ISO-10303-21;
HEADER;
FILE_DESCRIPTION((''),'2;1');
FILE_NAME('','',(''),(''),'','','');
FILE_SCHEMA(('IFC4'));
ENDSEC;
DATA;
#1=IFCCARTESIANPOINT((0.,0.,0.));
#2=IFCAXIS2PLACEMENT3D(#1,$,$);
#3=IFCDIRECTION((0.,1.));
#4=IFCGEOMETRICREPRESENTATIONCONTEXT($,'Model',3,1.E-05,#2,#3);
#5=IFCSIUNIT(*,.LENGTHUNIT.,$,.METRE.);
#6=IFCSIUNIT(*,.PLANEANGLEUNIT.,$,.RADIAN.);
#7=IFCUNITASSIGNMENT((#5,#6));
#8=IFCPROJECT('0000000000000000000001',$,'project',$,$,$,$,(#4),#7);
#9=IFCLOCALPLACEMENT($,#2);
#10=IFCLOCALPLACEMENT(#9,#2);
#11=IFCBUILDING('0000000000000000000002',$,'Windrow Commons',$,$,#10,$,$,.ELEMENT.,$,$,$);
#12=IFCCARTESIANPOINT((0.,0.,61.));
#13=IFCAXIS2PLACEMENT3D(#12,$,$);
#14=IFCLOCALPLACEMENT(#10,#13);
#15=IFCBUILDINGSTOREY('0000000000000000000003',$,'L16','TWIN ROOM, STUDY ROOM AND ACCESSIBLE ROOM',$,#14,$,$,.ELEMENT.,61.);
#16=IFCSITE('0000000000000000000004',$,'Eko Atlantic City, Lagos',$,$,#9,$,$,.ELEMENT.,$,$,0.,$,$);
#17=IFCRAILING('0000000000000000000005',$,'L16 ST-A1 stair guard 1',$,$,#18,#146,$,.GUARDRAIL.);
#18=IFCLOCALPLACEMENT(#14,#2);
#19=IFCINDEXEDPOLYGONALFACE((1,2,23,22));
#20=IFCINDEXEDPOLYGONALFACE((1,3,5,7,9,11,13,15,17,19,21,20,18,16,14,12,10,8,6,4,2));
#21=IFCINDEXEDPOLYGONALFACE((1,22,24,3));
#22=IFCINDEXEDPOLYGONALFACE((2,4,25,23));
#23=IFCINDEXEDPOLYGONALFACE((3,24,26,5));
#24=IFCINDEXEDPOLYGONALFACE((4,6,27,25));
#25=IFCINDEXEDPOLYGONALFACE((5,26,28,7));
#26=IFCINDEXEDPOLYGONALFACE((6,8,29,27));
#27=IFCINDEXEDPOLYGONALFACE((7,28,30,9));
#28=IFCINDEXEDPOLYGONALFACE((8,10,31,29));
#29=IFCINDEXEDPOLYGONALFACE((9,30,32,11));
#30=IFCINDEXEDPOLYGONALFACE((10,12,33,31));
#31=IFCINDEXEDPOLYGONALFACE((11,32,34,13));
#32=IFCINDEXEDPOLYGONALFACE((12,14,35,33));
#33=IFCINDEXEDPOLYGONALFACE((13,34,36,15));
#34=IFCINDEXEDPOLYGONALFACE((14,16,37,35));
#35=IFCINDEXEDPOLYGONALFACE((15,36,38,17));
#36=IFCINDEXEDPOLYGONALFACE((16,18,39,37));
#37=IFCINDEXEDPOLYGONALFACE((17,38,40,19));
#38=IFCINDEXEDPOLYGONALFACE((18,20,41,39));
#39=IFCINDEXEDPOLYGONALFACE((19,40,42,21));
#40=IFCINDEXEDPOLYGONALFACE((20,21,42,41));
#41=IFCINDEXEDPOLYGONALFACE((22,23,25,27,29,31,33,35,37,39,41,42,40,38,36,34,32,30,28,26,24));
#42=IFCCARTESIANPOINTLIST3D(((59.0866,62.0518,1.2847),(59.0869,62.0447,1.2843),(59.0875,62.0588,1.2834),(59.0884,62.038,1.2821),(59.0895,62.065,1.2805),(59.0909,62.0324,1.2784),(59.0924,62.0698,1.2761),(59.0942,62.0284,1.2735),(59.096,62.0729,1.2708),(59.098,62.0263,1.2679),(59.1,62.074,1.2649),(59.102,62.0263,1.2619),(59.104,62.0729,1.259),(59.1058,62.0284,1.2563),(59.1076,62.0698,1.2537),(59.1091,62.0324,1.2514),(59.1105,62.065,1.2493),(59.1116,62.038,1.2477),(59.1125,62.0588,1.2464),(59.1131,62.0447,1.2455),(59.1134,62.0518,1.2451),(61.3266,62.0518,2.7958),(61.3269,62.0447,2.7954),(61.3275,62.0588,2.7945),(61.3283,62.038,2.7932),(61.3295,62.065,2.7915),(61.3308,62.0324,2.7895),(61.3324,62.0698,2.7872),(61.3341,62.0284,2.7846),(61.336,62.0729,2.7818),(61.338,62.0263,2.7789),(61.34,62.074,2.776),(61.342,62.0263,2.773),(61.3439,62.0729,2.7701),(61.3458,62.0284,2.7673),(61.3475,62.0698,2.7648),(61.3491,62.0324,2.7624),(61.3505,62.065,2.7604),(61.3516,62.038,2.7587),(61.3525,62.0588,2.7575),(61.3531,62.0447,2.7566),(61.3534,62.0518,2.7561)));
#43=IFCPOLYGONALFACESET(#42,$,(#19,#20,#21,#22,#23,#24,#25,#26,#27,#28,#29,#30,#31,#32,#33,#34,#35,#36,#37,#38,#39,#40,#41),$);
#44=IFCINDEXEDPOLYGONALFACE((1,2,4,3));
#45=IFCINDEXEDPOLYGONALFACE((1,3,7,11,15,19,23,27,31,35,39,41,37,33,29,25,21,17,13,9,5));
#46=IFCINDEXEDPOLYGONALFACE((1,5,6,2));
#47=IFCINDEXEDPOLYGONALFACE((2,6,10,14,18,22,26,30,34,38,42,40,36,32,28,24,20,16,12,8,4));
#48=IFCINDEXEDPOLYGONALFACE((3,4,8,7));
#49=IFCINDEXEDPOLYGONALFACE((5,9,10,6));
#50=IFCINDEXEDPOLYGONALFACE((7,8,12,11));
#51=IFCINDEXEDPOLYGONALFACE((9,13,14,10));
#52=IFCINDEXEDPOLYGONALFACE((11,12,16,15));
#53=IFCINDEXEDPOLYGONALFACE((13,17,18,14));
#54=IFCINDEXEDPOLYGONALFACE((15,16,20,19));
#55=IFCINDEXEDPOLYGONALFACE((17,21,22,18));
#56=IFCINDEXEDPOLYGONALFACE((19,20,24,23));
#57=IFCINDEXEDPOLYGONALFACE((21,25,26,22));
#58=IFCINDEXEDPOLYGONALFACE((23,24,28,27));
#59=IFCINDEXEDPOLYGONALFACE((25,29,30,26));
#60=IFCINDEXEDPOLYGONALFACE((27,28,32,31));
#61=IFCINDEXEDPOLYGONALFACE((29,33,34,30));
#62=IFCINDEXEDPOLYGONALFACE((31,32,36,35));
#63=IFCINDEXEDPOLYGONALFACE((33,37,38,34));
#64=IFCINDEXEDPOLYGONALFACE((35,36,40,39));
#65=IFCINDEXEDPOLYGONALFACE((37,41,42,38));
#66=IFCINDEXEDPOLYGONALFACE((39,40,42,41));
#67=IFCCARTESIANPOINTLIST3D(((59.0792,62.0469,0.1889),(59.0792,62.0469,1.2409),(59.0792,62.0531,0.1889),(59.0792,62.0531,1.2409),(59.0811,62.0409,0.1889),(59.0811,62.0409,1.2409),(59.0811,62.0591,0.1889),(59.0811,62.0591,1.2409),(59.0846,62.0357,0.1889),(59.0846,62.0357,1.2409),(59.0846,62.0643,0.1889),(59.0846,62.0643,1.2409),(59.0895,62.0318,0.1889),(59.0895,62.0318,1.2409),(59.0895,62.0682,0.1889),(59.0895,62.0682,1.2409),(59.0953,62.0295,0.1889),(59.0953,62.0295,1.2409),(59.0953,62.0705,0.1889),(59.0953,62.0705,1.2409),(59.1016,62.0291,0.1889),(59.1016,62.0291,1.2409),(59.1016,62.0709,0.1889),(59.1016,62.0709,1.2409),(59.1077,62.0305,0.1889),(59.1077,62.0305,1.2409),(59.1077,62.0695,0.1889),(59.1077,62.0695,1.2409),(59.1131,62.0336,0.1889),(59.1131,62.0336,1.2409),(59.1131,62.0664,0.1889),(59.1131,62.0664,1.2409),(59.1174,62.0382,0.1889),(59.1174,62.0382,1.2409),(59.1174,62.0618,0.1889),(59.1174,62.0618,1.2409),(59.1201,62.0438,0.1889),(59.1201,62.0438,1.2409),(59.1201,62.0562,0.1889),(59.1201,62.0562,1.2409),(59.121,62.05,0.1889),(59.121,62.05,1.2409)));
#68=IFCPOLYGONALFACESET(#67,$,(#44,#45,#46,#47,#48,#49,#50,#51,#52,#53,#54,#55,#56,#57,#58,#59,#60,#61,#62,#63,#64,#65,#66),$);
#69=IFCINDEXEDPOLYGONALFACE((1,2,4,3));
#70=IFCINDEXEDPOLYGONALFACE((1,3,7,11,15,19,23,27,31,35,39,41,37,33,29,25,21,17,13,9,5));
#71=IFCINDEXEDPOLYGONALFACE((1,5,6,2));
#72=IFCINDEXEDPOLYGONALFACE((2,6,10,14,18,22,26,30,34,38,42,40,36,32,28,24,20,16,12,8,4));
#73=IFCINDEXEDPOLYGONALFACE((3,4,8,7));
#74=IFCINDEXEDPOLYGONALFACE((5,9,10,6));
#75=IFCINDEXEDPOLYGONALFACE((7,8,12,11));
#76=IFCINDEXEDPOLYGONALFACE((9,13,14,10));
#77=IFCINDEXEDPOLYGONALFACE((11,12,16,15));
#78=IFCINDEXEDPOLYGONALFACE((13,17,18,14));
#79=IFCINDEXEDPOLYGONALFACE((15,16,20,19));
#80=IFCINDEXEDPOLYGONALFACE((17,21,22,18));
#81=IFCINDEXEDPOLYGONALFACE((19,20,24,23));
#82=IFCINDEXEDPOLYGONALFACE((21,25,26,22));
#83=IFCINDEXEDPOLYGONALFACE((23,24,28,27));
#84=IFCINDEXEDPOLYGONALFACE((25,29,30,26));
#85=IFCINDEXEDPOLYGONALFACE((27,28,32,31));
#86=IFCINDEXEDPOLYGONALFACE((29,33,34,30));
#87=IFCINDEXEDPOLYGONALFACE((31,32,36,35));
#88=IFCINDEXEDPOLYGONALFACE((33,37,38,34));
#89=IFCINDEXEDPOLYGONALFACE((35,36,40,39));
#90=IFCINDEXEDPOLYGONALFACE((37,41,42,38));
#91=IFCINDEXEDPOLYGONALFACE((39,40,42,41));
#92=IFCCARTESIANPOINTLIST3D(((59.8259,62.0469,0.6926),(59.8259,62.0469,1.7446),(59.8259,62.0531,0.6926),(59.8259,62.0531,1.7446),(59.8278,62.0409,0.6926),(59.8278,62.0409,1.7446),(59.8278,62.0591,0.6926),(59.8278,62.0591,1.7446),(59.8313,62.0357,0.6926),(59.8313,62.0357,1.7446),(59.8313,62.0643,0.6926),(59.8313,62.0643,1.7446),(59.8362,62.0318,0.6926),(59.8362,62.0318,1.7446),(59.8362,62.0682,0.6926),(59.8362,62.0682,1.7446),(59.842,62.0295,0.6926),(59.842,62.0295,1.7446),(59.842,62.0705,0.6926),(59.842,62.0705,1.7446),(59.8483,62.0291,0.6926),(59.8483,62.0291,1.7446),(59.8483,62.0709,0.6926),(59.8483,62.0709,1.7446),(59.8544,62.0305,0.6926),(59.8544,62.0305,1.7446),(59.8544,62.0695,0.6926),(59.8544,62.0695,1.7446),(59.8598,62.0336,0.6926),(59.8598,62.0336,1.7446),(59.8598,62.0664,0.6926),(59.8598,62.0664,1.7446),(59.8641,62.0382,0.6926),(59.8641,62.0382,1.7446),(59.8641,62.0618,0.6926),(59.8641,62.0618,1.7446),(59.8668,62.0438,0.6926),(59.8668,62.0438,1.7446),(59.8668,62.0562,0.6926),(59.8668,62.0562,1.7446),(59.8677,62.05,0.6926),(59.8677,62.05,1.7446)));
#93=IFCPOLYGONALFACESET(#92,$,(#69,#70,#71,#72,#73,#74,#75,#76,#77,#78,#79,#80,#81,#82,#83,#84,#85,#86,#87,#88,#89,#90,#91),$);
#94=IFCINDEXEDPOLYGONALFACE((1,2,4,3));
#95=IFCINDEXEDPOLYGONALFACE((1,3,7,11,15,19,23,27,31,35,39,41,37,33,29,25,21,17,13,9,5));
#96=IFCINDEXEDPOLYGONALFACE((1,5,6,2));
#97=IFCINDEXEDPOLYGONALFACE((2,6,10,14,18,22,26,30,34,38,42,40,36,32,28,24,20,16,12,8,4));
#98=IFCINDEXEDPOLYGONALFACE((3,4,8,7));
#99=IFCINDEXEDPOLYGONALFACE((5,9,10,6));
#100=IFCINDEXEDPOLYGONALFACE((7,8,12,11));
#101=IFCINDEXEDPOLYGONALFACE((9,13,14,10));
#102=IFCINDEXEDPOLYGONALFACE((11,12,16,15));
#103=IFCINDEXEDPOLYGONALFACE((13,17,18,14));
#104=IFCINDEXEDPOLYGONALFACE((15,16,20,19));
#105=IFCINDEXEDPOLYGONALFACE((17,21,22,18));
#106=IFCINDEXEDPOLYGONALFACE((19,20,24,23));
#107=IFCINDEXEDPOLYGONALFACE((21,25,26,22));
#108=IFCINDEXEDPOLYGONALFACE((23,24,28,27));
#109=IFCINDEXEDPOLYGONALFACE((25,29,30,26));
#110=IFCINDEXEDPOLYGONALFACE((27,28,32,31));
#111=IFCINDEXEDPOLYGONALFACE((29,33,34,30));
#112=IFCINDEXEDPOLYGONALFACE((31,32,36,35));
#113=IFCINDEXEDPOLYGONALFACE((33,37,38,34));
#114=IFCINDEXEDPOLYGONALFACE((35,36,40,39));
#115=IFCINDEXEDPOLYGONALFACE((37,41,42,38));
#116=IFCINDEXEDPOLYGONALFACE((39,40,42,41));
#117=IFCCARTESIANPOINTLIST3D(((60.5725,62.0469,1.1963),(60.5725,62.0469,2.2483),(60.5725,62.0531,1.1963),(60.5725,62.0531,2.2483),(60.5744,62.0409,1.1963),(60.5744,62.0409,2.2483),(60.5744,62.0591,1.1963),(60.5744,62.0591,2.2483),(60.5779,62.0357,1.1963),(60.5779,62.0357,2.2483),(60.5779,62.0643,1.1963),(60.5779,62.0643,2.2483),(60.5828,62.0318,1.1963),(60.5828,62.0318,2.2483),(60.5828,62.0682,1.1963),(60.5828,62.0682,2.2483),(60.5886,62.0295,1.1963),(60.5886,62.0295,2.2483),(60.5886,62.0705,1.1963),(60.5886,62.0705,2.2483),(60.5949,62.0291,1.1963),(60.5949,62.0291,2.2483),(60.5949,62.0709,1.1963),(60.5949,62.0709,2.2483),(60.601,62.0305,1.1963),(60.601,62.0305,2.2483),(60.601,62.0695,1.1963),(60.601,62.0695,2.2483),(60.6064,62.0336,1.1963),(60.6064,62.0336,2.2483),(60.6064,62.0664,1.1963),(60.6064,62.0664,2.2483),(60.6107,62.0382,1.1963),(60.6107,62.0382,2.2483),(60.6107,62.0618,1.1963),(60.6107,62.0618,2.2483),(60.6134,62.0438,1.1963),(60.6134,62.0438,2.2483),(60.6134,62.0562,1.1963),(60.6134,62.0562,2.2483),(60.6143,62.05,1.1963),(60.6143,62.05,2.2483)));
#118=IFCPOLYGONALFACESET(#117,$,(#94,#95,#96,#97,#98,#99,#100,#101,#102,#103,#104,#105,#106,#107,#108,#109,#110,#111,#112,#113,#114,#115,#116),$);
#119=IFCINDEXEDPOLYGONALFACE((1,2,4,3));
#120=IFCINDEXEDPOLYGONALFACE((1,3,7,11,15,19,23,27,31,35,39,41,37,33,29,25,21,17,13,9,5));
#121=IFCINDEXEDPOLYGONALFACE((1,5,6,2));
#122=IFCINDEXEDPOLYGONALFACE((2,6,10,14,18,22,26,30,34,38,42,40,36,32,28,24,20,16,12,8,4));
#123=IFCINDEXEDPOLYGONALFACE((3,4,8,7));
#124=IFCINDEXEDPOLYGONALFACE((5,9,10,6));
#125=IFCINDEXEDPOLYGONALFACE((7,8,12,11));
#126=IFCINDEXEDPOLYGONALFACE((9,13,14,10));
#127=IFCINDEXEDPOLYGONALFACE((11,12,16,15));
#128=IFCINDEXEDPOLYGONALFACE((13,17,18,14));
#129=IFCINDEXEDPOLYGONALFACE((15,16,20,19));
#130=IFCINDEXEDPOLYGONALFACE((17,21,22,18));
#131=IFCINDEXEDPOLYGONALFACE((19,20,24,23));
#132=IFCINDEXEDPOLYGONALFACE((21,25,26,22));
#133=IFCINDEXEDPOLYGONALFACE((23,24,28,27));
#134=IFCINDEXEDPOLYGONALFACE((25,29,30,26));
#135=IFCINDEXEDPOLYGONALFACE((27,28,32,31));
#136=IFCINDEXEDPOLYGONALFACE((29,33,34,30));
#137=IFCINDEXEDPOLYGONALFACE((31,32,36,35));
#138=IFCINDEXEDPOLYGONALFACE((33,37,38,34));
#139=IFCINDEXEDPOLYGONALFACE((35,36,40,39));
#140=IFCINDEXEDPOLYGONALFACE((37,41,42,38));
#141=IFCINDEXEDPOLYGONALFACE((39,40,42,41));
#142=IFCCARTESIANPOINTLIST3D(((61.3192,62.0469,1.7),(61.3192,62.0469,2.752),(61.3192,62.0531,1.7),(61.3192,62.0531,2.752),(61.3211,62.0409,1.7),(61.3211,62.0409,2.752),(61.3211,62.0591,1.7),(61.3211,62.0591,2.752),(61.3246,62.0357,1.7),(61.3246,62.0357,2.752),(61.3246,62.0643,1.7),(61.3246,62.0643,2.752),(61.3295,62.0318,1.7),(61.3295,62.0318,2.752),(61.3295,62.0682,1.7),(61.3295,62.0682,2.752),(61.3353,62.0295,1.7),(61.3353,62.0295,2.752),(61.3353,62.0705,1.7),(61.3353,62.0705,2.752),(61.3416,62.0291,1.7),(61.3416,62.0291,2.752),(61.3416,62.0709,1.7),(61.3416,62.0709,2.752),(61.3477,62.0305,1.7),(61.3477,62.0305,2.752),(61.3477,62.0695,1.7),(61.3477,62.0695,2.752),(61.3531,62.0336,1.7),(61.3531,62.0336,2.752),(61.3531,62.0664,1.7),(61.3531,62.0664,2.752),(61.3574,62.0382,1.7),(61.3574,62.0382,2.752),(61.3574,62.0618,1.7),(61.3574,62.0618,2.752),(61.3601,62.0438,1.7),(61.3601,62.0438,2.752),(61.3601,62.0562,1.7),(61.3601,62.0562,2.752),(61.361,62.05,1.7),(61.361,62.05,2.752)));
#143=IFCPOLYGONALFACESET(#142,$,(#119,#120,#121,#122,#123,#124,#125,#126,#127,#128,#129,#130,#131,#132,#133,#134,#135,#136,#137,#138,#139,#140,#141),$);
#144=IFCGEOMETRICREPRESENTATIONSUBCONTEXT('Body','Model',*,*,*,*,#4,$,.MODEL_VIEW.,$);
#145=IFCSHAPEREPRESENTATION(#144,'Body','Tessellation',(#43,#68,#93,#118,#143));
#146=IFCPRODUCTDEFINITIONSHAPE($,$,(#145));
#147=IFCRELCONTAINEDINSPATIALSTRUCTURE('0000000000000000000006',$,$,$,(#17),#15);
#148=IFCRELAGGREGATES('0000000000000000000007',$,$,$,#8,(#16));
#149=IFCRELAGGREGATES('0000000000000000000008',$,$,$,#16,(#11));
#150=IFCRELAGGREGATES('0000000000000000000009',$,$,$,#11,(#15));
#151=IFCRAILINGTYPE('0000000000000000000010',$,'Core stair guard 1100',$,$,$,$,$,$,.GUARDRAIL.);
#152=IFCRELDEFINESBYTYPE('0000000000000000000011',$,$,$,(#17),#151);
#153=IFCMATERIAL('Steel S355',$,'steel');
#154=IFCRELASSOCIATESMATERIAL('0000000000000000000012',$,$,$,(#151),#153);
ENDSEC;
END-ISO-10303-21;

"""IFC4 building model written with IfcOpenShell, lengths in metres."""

from ifc_helpers import new_model, si_unit, direction, frame, origin, origin_2d, place, context, subcontext, project, spatial, circle, extrude, material, type_object, element, save


model = new_model("IFC4")

# Units and contexts
model_context = context("Model", 3, precision=1e-05, world=origin(), true_north=direction((0.0, 1.0)))
body_context = subcontext(model_context, "Body", "Model", "MODEL_VIEW")
ifc_project = project(units=[si_unit("LENGTHUNIT", "METRE"), si_unit("PLANEANGLEUNIT", "RADIAN")], contexts=[model_context])

# Site, building, storey
site_placement = place(None, origin())
site = spatial("IfcSite", under=ifc_project, at=site_placement, Name="Eko Atlantic City, Lagos", CompositionType="ELEMENT", RefElevation=0.0)
building_placement = place(site_placement, origin())
building = spatial("IfcBuilding", under=site, at=building_placement, Name="Windrow Commons", CompositionType="ELEMENT")
storey_placement = place(building_placement, frame((0.0, 0.0, 61.0)))
storey = spatial("IfcBuildingStorey", under=building, at=storey_placement, Name="L16", Description="TWIN ROOM, STUDY ROOM AND ACCESSIBLE ROOM", CompositionType="ELEMENT", Elevation=61.0)

# Railing
ifc_material_1 = material(Name="Steel S355", Category="steel")
railing_type_1 = type_object("IfcRailingType", Name="Core stair guard 1100", PredefinedType="GUARDRAIL", material=ifc_material_1)
railing_1_placement = place(storey_placement, frame((59.1, 62.05, 0.1889)))
element("IfcRailing", 1, at=railing_1_placement, inside=storey, type_object=railing_type_1, Name="L16 ST-A1 stair guard 1", PredefinedType="GUARDRAIL", context=body_context, shape_type="SweptSolid", body=[
    extrude(circle(Radius=0.024, at=origin_2d()), frame((0.0, 0.0, 1.076), z_axis=(0.829003, 0.0, 0.559244), x_axis=(0.0, 1.0, 0.0)), (0.0, 0.0, 1.0), 2.702),
    extrude(circle(Radius=0.021, at=origin_2d()), origin(), (0.0, 0.0, 1.0), 1.052),
    extrude(circle(Radius=0.021, at=origin_2d()), frame((0.7467, 0.0, 0.5037)), (0.0, 0.0, 1.0), 1.052),
    extrude(circle(Radius=0.021, at=origin_2d()), frame((1.4933, 0.0, 1.0074)), (0.0, 0.0, 1.0), 1.052),
    extrude(circle(Radius=0.021, at=origin_2d()), frame((2.24, 0.0, 1.5111)), (0.0, 0.0, 1.0), 1.052),
])

save(model, "model.ifc")
